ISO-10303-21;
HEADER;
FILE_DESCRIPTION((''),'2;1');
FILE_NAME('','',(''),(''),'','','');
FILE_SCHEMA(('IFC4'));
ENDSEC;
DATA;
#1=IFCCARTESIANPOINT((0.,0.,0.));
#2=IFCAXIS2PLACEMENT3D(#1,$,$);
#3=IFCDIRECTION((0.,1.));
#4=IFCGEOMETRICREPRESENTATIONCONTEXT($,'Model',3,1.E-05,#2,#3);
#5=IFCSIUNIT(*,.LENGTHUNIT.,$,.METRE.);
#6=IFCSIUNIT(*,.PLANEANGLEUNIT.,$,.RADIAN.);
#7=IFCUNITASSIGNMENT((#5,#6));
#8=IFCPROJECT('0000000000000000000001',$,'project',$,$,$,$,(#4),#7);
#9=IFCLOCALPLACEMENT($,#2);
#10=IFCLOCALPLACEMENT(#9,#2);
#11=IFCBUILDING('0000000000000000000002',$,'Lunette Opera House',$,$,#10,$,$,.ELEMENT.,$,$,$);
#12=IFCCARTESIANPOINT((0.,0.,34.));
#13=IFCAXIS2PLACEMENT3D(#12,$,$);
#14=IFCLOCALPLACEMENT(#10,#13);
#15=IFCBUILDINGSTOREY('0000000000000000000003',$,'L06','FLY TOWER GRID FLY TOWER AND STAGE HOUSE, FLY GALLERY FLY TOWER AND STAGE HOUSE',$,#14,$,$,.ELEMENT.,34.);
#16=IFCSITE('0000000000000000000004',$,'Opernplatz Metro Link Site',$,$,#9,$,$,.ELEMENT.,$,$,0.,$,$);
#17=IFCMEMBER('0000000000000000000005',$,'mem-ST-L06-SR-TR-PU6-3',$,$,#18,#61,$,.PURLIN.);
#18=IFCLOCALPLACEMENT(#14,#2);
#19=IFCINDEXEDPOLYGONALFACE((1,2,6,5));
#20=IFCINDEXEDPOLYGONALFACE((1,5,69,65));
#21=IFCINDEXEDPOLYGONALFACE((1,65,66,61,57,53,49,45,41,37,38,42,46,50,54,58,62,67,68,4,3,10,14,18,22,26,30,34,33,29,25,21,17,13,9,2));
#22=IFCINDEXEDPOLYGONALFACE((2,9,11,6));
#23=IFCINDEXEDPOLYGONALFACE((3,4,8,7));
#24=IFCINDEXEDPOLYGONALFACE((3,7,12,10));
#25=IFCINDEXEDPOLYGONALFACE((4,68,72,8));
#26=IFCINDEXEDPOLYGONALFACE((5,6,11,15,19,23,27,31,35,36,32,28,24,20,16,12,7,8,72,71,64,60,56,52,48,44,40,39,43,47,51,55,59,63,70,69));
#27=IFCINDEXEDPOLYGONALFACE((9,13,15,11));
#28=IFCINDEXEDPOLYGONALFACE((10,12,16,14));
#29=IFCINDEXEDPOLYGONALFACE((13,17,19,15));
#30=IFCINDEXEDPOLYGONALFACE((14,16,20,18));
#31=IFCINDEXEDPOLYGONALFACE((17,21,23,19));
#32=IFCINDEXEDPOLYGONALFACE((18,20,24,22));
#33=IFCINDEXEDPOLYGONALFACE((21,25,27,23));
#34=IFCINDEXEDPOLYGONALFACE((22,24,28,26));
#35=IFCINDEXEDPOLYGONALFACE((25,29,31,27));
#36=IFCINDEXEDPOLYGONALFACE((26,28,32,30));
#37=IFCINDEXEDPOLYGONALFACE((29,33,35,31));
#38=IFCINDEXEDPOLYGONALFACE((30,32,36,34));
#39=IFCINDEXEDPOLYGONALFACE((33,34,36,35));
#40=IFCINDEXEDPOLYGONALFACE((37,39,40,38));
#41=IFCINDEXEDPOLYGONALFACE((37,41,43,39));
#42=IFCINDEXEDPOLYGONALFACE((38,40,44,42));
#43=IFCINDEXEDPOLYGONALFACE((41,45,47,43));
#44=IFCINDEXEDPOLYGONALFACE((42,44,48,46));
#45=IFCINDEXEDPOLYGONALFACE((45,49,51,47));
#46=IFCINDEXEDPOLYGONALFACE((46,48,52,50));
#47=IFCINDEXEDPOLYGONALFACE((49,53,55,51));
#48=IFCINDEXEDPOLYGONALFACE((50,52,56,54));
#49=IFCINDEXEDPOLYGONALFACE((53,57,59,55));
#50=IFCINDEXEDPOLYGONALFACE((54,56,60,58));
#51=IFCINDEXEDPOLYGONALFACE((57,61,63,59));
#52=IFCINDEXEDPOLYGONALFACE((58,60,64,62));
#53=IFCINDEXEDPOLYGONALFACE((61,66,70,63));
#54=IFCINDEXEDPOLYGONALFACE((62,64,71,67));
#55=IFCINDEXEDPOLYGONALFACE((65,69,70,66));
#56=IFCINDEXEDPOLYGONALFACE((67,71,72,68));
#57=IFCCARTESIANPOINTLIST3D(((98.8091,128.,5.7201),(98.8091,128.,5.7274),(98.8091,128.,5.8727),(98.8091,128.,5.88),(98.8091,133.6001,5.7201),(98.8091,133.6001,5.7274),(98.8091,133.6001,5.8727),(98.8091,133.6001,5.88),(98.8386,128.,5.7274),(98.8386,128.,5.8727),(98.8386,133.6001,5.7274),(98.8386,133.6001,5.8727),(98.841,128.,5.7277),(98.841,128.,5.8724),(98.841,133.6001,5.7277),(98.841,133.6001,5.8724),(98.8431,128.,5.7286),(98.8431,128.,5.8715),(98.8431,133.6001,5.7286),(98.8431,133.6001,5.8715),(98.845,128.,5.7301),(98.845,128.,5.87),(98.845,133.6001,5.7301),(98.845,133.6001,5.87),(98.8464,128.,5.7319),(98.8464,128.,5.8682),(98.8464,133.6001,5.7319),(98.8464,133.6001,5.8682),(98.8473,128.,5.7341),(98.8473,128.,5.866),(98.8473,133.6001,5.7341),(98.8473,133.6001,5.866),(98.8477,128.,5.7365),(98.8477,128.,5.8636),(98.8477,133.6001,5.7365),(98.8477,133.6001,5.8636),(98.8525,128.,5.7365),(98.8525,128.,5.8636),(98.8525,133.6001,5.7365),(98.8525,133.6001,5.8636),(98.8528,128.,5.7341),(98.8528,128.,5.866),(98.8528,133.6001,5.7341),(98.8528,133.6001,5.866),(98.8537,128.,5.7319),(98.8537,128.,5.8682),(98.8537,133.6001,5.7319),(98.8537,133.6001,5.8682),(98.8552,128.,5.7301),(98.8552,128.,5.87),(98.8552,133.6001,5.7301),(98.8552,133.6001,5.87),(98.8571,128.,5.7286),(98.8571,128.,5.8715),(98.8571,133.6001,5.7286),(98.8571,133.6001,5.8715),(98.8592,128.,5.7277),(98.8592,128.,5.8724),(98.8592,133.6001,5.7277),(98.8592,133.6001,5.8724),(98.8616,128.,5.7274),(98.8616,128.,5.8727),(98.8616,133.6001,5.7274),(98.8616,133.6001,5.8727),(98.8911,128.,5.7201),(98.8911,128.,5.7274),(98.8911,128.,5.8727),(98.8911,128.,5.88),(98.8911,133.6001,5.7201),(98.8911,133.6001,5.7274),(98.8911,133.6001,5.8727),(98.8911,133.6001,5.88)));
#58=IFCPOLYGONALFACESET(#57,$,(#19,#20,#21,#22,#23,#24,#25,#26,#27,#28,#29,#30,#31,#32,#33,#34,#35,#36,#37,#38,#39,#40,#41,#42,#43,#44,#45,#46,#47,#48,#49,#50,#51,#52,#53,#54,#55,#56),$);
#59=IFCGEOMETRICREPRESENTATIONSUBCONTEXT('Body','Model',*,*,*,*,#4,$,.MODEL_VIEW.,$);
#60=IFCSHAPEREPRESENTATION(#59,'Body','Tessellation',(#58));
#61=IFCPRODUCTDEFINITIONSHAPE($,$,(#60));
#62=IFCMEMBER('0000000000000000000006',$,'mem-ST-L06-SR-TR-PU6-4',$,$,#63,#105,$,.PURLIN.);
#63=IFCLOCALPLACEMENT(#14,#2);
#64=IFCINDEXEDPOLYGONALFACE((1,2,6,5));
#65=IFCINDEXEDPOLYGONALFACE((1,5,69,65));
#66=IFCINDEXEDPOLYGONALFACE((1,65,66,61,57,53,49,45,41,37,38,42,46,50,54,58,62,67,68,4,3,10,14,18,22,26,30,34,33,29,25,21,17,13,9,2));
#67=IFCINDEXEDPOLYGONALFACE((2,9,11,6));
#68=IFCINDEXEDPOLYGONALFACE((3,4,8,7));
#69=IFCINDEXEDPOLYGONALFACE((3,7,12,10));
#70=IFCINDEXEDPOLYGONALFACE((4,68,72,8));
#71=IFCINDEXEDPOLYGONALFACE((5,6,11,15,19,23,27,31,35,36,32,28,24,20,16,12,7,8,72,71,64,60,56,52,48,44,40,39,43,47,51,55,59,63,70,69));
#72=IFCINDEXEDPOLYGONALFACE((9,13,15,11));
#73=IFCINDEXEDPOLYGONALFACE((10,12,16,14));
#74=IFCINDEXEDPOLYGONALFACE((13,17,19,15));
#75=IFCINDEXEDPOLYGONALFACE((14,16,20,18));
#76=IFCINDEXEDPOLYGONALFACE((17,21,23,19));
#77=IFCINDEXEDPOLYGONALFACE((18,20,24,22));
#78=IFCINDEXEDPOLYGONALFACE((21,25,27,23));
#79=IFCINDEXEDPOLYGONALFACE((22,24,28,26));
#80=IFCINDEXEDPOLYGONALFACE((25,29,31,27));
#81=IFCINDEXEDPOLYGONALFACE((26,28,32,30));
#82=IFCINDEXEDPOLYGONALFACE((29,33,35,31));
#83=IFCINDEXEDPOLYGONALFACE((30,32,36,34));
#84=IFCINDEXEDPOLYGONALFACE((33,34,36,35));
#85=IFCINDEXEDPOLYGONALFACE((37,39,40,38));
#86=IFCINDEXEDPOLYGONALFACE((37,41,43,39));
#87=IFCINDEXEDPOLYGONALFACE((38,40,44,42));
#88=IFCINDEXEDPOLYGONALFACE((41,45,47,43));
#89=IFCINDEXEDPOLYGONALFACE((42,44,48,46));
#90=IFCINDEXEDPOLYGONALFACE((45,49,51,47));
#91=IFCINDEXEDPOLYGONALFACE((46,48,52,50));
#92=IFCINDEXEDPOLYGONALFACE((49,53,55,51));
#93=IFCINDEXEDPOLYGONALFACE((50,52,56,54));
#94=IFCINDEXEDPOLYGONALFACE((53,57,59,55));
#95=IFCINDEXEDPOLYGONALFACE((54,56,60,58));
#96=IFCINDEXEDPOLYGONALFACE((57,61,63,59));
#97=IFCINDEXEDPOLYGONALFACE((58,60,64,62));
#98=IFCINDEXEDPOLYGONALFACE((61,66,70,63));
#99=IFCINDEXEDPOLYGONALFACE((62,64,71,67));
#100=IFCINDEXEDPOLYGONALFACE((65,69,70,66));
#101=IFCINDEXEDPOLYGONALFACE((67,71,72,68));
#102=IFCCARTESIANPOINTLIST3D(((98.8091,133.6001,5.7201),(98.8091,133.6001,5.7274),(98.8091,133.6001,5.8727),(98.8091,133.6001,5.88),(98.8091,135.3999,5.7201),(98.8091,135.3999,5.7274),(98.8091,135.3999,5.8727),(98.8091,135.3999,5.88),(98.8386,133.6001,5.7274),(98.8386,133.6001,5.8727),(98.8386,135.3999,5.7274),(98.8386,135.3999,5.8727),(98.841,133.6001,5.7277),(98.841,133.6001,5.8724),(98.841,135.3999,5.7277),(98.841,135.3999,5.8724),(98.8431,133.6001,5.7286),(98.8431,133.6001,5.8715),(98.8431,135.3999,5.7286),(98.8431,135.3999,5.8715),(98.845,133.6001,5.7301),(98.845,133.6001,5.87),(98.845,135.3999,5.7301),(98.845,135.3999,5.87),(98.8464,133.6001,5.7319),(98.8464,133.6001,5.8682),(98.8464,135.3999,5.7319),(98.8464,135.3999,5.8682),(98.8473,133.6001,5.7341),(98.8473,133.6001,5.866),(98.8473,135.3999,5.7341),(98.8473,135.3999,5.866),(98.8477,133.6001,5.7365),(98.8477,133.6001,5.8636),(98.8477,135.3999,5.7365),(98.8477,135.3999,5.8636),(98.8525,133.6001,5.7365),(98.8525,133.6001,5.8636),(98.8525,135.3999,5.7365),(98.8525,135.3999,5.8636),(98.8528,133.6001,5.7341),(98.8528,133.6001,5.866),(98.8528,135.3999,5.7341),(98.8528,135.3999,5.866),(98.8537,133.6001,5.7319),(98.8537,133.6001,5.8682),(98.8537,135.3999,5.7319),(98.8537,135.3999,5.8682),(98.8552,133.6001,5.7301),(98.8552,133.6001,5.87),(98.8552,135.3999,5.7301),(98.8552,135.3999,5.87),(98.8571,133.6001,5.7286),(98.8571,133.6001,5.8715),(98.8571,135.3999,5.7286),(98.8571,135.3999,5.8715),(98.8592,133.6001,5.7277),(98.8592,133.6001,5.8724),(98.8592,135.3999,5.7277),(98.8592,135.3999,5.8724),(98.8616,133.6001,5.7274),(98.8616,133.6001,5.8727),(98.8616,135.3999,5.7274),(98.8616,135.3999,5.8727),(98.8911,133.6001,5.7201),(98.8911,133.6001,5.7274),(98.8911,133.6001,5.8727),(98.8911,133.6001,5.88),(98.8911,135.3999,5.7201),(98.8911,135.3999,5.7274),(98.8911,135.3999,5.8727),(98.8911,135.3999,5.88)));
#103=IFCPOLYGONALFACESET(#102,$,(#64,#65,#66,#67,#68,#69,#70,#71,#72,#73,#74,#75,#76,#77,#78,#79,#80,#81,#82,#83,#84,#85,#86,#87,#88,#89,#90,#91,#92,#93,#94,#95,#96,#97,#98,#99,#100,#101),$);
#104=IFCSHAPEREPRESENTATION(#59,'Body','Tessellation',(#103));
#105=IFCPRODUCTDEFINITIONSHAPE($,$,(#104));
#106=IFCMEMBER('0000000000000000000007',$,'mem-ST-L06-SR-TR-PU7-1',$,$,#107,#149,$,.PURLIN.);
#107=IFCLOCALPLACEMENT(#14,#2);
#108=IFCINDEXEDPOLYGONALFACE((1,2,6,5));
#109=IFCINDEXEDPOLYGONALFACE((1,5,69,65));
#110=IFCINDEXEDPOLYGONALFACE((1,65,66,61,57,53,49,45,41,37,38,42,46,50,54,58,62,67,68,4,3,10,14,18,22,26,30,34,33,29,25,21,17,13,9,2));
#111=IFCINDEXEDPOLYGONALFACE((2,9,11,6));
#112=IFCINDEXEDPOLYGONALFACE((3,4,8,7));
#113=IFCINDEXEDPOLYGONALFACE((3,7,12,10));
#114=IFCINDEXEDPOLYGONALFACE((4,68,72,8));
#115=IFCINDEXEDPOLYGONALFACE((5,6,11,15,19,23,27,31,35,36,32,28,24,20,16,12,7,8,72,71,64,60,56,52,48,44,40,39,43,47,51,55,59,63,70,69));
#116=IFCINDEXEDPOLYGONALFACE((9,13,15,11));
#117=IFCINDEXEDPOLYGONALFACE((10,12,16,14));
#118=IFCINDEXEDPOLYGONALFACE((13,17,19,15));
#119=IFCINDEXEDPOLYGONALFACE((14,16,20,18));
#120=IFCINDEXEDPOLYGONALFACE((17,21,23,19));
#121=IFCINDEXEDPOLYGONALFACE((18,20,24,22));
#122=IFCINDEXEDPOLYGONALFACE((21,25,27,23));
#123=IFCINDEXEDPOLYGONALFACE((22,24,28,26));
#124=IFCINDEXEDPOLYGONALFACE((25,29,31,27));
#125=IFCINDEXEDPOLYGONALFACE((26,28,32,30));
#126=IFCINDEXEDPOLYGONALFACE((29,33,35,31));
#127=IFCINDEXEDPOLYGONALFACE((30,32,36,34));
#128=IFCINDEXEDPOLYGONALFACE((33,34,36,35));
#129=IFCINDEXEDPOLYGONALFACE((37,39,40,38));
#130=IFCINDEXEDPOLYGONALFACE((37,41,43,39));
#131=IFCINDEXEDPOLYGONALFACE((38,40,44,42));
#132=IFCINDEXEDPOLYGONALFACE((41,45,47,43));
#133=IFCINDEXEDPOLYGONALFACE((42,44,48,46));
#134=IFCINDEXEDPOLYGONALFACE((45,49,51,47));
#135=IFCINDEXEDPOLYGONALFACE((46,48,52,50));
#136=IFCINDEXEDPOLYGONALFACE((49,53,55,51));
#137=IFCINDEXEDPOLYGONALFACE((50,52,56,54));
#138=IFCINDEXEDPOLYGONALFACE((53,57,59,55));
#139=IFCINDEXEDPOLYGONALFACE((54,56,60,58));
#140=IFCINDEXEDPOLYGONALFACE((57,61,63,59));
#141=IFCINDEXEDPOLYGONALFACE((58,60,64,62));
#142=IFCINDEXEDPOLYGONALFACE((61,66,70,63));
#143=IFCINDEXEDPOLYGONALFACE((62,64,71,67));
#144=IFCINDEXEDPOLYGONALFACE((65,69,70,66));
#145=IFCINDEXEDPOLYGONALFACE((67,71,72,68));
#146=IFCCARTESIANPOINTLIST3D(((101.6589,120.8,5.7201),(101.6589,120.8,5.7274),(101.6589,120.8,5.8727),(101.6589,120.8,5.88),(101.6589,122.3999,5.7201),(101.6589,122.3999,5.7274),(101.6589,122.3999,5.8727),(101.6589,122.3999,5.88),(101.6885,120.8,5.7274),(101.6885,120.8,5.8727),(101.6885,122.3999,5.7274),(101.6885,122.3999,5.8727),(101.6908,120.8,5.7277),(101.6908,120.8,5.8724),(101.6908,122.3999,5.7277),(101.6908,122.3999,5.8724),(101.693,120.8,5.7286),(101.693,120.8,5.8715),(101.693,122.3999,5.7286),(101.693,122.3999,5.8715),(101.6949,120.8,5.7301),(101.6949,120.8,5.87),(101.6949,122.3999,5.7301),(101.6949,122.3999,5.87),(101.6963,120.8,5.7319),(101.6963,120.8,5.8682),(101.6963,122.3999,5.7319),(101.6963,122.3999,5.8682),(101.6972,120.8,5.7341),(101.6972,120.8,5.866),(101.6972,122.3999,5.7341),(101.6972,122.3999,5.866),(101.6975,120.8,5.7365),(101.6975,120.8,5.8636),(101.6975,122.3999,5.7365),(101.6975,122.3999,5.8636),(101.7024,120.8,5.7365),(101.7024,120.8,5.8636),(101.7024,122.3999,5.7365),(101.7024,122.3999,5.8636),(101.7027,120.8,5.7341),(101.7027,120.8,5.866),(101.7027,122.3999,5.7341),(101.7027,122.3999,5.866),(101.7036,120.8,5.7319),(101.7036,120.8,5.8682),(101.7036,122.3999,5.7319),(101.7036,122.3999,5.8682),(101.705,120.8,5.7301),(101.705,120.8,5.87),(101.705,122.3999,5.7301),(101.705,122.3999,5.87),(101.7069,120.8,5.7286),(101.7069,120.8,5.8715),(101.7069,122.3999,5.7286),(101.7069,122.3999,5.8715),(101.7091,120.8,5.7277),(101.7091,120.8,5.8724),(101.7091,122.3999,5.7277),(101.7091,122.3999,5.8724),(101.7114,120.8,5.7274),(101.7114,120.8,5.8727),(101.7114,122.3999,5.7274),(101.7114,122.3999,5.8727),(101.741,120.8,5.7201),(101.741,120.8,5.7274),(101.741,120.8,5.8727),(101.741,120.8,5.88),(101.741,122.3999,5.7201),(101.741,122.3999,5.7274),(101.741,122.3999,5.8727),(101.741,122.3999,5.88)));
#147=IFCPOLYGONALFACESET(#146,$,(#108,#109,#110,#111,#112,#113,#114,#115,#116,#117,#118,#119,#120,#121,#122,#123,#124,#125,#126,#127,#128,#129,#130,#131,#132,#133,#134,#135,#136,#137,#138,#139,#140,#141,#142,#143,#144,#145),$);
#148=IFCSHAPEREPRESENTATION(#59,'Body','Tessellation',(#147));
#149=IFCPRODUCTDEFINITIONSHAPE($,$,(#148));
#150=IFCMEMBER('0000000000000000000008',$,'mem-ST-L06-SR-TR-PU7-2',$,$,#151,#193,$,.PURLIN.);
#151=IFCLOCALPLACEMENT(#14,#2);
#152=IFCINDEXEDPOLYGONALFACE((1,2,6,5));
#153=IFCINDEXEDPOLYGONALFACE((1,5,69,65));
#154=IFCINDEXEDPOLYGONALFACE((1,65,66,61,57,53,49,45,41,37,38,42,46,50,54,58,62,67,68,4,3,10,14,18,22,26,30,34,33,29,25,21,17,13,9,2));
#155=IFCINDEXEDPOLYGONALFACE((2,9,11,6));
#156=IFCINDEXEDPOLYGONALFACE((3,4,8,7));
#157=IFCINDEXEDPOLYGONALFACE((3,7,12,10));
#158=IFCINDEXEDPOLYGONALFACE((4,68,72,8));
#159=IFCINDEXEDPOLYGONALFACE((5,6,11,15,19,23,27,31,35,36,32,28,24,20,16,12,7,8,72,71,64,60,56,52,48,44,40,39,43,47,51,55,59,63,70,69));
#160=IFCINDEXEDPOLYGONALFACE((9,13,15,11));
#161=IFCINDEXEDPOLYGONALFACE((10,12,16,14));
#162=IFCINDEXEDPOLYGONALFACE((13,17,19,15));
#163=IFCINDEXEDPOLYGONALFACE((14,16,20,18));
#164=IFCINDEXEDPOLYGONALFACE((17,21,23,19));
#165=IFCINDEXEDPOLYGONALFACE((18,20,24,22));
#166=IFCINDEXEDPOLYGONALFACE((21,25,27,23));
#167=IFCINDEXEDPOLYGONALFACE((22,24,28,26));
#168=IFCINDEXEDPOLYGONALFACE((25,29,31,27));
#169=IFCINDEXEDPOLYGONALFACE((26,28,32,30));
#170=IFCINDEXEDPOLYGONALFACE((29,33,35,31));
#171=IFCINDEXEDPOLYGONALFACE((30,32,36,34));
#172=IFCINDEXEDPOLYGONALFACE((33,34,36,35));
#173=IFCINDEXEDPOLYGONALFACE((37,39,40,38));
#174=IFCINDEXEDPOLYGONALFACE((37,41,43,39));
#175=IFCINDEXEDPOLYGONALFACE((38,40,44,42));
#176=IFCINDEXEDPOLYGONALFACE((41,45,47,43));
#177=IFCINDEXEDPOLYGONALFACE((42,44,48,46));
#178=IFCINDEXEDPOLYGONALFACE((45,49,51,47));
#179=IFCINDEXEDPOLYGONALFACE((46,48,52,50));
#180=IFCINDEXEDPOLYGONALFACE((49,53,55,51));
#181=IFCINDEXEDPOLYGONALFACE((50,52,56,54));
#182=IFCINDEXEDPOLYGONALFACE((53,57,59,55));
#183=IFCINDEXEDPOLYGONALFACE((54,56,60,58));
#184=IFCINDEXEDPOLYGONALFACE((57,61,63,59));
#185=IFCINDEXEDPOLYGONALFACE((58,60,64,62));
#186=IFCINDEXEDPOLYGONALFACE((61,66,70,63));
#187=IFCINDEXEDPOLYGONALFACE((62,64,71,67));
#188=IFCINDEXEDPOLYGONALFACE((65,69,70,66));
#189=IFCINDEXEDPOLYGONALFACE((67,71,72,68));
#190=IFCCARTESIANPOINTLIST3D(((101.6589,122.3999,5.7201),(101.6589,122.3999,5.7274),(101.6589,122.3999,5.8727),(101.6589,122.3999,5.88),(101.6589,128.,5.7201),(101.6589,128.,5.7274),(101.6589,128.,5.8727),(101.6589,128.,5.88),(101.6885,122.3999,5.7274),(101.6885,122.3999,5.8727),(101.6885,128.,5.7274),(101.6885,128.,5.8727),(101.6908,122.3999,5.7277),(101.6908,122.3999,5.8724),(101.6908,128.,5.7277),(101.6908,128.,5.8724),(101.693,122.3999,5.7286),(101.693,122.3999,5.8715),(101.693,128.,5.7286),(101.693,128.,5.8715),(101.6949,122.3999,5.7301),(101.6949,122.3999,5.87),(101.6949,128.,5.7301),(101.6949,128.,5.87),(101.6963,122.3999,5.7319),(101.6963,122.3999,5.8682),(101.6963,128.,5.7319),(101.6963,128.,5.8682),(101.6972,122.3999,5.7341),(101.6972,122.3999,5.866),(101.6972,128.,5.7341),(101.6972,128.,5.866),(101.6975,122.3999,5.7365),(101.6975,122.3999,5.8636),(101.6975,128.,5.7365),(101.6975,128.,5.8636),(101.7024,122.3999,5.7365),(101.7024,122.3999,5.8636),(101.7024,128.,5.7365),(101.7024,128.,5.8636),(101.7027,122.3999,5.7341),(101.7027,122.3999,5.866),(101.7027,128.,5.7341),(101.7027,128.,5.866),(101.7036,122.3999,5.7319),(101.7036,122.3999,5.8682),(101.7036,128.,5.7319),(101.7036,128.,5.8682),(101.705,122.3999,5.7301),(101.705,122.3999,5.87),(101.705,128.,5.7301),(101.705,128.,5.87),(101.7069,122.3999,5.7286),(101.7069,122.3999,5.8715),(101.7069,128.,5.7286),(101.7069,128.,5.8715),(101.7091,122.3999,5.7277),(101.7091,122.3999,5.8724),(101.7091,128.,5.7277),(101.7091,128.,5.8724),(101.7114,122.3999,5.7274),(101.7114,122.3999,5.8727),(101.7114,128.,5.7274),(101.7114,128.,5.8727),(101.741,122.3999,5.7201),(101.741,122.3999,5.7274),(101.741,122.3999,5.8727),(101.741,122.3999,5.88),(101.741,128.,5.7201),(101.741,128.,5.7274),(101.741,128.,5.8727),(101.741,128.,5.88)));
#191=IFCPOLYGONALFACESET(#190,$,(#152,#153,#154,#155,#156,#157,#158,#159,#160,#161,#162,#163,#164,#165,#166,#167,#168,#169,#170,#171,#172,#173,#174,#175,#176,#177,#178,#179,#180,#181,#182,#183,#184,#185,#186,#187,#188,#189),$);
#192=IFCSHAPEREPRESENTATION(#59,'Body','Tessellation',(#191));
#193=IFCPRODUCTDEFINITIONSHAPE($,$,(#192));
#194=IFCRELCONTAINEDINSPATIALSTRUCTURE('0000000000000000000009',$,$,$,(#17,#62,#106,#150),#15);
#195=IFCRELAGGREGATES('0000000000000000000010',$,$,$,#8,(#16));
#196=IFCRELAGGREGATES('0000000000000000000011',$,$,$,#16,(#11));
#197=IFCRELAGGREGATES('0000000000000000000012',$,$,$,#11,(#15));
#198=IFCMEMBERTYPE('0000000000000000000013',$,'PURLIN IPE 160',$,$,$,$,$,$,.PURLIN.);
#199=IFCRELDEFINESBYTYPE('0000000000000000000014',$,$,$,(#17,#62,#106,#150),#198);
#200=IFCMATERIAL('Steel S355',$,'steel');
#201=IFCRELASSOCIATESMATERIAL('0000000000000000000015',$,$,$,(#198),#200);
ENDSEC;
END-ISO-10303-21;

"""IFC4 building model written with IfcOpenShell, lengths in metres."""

from ifc_helpers import new_model, si_unit, direction, frame, origin, origin_2d, place, context, subcontext, project, spatial, i_section, extrude, material, material_profile, profile_set, type_object, element, save


model = new_model("IFC4")

# Units and contexts
model_context = context("Model", 3, precision=1e-05, world=origin(), true_north=direction((0.0, 1.0)))
body_context = subcontext(model_context, "Body", "Model", "MODEL_VIEW")
ifc_project = project(units=[si_unit("LENGTHUNIT", "METRE"), si_unit("PLANEANGLEUNIT", "RADIAN")], contexts=[model_context])

# Site, building, storey
site_placement = place(None, origin())
site = spatial("IfcSite", under=ifc_project, at=site_placement, Name="Opernplatz Metro Link Site", CompositionType="ELEMENT", RefElevation=0.0)
building_placement = place(site_placement, origin())
building = spatial("IfcBuilding", under=site, at=building_placement, Name="Lunette Opera House", CompositionType="ELEMENT")
storey_placement = place(building_placement, frame((0.0, 0.0, 34.0)))
storey = spatial("IfcBuildingStorey", under=building, at=storey_placement, Name="L06", Description="FLY TOWER GRID FLY TOWER AND STAGE HOUSE, FLY GALLERY FLY TOWER AND STAGE HOUSE", CompositionType="ELEMENT", Elevation=34.0)

# Members
ifc_material_1 = material(Name="Steel S355", Category="steel")
ifc_material_profile_1 = material_profile(ifc_material_1, i_section(OverallWidth=0.082, OverallDepth=0.1599, WebThickness=0.0049, FlangeThickness=0.0073, FilletRadius=0.009, at=origin_2d()), Name="IPE 160")
ifc_profile_set_1 = profile_set([ifc_material_profile_1], Name="Steel S355")
member_type = type_object("IfcMemberType", Name="PURLIN IPE 160", PredefinedType="PURLIN", material=ifc_profile_set_1)
for number, where, z_axis, x_axis, name in (
    (1, (98.8501, 128.0, 5.8), (0.0, 1.0, 0.0), (-1.0, 0.0, 0.0), "mem-ST-L06-SR-TR-PU6-3"),
):
    element("IfcMember", number, at=place(storey_placement, frame(where, z_axis=z_axis, x_axis=x_axis)), inside=storey, type_object=member_type, Name=name, PredefinedType="PURLIN", context=body_context, shape_type="SweptSolid", body=[
        extrude(i_section(OverallWidth=0.082, OverallDepth=0.1599, WebThickness=0.0049, FlangeThickness=0.0073, FilletRadius=0.009, at=origin_2d()), origin(), (0.0, 0.0, 1.0), 5.6001),
    ])
member_1_placement = place(storey_placement, frame((98.8501, 133.6001, 5.8), z_axis=(0.0, 1.0, 0.0), x_axis=(-1.0, 0.0, 0.0)))
element("IfcMember", 2, at=member_1_placement, inside=storey, type_object=member_type, Name="mem-ST-L06-SR-TR-PU6-4", PredefinedType="PURLIN", context=body_context, shape_type="SweptSolid", body=[
    extrude(i_section(OverallWidth=0.082, OverallDepth=0.1599, WebThickness=0.0049, FlangeThickness=0.0073, FilletRadius=0.009, at=origin_2d()), origin(), (0.0, 0.0, 1.0), 1.7998),
])
member_2_placement = place(storey_placement, frame((101.7, 120.8, 5.8), z_axis=(0.0, 1.0, 0.0), x_axis=(-1.0, 0.0, 0.0)))
element("IfcMember", 3, at=member_2_placement, inside=storey, type_object=member_type, Name="mem-ST-L06-SR-TR-PU7-1", PredefinedType="PURLIN", context=body_context, shape_type="SweptSolid", body=[
    extrude(i_section(OverallWidth=0.082, OverallDepth=0.1599, WebThickness=0.0049, FlangeThickness=0.0073, FilletRadius=0.009, at=origin_2d()), origin(), (0.0, 0.0, 1.0), 1.5999),
])
for number, where, z_axis, x_axis, name in (
    (4, (101.7, 122.3999, 5.8), (0.0, 1.0, 0.0), (-1.0, 0.0, 0.0), "mem-ST-L06-SR-TR-PU7-2"),
):
    element("IfcMember", number, at=place(storey_placement, frame(where, z_axis=z_axis, x_axis=x_axis)), inside=storey, type_object=member_type, Name=name, PredefinedType="PURLIN", context=body_context, shape_type="SweptSolid", body=[
        extrude(i_section(OverallWidth=0.082, OverallDepth=0.1599, WebThickness=0.0049, FlangeThickness=0.0073, FilletRadius=0.009, at=origin_2d()), origin(), (0.0, 0.0, 1.0), 5.6001),
    ])

save(model, "model.ifc")
